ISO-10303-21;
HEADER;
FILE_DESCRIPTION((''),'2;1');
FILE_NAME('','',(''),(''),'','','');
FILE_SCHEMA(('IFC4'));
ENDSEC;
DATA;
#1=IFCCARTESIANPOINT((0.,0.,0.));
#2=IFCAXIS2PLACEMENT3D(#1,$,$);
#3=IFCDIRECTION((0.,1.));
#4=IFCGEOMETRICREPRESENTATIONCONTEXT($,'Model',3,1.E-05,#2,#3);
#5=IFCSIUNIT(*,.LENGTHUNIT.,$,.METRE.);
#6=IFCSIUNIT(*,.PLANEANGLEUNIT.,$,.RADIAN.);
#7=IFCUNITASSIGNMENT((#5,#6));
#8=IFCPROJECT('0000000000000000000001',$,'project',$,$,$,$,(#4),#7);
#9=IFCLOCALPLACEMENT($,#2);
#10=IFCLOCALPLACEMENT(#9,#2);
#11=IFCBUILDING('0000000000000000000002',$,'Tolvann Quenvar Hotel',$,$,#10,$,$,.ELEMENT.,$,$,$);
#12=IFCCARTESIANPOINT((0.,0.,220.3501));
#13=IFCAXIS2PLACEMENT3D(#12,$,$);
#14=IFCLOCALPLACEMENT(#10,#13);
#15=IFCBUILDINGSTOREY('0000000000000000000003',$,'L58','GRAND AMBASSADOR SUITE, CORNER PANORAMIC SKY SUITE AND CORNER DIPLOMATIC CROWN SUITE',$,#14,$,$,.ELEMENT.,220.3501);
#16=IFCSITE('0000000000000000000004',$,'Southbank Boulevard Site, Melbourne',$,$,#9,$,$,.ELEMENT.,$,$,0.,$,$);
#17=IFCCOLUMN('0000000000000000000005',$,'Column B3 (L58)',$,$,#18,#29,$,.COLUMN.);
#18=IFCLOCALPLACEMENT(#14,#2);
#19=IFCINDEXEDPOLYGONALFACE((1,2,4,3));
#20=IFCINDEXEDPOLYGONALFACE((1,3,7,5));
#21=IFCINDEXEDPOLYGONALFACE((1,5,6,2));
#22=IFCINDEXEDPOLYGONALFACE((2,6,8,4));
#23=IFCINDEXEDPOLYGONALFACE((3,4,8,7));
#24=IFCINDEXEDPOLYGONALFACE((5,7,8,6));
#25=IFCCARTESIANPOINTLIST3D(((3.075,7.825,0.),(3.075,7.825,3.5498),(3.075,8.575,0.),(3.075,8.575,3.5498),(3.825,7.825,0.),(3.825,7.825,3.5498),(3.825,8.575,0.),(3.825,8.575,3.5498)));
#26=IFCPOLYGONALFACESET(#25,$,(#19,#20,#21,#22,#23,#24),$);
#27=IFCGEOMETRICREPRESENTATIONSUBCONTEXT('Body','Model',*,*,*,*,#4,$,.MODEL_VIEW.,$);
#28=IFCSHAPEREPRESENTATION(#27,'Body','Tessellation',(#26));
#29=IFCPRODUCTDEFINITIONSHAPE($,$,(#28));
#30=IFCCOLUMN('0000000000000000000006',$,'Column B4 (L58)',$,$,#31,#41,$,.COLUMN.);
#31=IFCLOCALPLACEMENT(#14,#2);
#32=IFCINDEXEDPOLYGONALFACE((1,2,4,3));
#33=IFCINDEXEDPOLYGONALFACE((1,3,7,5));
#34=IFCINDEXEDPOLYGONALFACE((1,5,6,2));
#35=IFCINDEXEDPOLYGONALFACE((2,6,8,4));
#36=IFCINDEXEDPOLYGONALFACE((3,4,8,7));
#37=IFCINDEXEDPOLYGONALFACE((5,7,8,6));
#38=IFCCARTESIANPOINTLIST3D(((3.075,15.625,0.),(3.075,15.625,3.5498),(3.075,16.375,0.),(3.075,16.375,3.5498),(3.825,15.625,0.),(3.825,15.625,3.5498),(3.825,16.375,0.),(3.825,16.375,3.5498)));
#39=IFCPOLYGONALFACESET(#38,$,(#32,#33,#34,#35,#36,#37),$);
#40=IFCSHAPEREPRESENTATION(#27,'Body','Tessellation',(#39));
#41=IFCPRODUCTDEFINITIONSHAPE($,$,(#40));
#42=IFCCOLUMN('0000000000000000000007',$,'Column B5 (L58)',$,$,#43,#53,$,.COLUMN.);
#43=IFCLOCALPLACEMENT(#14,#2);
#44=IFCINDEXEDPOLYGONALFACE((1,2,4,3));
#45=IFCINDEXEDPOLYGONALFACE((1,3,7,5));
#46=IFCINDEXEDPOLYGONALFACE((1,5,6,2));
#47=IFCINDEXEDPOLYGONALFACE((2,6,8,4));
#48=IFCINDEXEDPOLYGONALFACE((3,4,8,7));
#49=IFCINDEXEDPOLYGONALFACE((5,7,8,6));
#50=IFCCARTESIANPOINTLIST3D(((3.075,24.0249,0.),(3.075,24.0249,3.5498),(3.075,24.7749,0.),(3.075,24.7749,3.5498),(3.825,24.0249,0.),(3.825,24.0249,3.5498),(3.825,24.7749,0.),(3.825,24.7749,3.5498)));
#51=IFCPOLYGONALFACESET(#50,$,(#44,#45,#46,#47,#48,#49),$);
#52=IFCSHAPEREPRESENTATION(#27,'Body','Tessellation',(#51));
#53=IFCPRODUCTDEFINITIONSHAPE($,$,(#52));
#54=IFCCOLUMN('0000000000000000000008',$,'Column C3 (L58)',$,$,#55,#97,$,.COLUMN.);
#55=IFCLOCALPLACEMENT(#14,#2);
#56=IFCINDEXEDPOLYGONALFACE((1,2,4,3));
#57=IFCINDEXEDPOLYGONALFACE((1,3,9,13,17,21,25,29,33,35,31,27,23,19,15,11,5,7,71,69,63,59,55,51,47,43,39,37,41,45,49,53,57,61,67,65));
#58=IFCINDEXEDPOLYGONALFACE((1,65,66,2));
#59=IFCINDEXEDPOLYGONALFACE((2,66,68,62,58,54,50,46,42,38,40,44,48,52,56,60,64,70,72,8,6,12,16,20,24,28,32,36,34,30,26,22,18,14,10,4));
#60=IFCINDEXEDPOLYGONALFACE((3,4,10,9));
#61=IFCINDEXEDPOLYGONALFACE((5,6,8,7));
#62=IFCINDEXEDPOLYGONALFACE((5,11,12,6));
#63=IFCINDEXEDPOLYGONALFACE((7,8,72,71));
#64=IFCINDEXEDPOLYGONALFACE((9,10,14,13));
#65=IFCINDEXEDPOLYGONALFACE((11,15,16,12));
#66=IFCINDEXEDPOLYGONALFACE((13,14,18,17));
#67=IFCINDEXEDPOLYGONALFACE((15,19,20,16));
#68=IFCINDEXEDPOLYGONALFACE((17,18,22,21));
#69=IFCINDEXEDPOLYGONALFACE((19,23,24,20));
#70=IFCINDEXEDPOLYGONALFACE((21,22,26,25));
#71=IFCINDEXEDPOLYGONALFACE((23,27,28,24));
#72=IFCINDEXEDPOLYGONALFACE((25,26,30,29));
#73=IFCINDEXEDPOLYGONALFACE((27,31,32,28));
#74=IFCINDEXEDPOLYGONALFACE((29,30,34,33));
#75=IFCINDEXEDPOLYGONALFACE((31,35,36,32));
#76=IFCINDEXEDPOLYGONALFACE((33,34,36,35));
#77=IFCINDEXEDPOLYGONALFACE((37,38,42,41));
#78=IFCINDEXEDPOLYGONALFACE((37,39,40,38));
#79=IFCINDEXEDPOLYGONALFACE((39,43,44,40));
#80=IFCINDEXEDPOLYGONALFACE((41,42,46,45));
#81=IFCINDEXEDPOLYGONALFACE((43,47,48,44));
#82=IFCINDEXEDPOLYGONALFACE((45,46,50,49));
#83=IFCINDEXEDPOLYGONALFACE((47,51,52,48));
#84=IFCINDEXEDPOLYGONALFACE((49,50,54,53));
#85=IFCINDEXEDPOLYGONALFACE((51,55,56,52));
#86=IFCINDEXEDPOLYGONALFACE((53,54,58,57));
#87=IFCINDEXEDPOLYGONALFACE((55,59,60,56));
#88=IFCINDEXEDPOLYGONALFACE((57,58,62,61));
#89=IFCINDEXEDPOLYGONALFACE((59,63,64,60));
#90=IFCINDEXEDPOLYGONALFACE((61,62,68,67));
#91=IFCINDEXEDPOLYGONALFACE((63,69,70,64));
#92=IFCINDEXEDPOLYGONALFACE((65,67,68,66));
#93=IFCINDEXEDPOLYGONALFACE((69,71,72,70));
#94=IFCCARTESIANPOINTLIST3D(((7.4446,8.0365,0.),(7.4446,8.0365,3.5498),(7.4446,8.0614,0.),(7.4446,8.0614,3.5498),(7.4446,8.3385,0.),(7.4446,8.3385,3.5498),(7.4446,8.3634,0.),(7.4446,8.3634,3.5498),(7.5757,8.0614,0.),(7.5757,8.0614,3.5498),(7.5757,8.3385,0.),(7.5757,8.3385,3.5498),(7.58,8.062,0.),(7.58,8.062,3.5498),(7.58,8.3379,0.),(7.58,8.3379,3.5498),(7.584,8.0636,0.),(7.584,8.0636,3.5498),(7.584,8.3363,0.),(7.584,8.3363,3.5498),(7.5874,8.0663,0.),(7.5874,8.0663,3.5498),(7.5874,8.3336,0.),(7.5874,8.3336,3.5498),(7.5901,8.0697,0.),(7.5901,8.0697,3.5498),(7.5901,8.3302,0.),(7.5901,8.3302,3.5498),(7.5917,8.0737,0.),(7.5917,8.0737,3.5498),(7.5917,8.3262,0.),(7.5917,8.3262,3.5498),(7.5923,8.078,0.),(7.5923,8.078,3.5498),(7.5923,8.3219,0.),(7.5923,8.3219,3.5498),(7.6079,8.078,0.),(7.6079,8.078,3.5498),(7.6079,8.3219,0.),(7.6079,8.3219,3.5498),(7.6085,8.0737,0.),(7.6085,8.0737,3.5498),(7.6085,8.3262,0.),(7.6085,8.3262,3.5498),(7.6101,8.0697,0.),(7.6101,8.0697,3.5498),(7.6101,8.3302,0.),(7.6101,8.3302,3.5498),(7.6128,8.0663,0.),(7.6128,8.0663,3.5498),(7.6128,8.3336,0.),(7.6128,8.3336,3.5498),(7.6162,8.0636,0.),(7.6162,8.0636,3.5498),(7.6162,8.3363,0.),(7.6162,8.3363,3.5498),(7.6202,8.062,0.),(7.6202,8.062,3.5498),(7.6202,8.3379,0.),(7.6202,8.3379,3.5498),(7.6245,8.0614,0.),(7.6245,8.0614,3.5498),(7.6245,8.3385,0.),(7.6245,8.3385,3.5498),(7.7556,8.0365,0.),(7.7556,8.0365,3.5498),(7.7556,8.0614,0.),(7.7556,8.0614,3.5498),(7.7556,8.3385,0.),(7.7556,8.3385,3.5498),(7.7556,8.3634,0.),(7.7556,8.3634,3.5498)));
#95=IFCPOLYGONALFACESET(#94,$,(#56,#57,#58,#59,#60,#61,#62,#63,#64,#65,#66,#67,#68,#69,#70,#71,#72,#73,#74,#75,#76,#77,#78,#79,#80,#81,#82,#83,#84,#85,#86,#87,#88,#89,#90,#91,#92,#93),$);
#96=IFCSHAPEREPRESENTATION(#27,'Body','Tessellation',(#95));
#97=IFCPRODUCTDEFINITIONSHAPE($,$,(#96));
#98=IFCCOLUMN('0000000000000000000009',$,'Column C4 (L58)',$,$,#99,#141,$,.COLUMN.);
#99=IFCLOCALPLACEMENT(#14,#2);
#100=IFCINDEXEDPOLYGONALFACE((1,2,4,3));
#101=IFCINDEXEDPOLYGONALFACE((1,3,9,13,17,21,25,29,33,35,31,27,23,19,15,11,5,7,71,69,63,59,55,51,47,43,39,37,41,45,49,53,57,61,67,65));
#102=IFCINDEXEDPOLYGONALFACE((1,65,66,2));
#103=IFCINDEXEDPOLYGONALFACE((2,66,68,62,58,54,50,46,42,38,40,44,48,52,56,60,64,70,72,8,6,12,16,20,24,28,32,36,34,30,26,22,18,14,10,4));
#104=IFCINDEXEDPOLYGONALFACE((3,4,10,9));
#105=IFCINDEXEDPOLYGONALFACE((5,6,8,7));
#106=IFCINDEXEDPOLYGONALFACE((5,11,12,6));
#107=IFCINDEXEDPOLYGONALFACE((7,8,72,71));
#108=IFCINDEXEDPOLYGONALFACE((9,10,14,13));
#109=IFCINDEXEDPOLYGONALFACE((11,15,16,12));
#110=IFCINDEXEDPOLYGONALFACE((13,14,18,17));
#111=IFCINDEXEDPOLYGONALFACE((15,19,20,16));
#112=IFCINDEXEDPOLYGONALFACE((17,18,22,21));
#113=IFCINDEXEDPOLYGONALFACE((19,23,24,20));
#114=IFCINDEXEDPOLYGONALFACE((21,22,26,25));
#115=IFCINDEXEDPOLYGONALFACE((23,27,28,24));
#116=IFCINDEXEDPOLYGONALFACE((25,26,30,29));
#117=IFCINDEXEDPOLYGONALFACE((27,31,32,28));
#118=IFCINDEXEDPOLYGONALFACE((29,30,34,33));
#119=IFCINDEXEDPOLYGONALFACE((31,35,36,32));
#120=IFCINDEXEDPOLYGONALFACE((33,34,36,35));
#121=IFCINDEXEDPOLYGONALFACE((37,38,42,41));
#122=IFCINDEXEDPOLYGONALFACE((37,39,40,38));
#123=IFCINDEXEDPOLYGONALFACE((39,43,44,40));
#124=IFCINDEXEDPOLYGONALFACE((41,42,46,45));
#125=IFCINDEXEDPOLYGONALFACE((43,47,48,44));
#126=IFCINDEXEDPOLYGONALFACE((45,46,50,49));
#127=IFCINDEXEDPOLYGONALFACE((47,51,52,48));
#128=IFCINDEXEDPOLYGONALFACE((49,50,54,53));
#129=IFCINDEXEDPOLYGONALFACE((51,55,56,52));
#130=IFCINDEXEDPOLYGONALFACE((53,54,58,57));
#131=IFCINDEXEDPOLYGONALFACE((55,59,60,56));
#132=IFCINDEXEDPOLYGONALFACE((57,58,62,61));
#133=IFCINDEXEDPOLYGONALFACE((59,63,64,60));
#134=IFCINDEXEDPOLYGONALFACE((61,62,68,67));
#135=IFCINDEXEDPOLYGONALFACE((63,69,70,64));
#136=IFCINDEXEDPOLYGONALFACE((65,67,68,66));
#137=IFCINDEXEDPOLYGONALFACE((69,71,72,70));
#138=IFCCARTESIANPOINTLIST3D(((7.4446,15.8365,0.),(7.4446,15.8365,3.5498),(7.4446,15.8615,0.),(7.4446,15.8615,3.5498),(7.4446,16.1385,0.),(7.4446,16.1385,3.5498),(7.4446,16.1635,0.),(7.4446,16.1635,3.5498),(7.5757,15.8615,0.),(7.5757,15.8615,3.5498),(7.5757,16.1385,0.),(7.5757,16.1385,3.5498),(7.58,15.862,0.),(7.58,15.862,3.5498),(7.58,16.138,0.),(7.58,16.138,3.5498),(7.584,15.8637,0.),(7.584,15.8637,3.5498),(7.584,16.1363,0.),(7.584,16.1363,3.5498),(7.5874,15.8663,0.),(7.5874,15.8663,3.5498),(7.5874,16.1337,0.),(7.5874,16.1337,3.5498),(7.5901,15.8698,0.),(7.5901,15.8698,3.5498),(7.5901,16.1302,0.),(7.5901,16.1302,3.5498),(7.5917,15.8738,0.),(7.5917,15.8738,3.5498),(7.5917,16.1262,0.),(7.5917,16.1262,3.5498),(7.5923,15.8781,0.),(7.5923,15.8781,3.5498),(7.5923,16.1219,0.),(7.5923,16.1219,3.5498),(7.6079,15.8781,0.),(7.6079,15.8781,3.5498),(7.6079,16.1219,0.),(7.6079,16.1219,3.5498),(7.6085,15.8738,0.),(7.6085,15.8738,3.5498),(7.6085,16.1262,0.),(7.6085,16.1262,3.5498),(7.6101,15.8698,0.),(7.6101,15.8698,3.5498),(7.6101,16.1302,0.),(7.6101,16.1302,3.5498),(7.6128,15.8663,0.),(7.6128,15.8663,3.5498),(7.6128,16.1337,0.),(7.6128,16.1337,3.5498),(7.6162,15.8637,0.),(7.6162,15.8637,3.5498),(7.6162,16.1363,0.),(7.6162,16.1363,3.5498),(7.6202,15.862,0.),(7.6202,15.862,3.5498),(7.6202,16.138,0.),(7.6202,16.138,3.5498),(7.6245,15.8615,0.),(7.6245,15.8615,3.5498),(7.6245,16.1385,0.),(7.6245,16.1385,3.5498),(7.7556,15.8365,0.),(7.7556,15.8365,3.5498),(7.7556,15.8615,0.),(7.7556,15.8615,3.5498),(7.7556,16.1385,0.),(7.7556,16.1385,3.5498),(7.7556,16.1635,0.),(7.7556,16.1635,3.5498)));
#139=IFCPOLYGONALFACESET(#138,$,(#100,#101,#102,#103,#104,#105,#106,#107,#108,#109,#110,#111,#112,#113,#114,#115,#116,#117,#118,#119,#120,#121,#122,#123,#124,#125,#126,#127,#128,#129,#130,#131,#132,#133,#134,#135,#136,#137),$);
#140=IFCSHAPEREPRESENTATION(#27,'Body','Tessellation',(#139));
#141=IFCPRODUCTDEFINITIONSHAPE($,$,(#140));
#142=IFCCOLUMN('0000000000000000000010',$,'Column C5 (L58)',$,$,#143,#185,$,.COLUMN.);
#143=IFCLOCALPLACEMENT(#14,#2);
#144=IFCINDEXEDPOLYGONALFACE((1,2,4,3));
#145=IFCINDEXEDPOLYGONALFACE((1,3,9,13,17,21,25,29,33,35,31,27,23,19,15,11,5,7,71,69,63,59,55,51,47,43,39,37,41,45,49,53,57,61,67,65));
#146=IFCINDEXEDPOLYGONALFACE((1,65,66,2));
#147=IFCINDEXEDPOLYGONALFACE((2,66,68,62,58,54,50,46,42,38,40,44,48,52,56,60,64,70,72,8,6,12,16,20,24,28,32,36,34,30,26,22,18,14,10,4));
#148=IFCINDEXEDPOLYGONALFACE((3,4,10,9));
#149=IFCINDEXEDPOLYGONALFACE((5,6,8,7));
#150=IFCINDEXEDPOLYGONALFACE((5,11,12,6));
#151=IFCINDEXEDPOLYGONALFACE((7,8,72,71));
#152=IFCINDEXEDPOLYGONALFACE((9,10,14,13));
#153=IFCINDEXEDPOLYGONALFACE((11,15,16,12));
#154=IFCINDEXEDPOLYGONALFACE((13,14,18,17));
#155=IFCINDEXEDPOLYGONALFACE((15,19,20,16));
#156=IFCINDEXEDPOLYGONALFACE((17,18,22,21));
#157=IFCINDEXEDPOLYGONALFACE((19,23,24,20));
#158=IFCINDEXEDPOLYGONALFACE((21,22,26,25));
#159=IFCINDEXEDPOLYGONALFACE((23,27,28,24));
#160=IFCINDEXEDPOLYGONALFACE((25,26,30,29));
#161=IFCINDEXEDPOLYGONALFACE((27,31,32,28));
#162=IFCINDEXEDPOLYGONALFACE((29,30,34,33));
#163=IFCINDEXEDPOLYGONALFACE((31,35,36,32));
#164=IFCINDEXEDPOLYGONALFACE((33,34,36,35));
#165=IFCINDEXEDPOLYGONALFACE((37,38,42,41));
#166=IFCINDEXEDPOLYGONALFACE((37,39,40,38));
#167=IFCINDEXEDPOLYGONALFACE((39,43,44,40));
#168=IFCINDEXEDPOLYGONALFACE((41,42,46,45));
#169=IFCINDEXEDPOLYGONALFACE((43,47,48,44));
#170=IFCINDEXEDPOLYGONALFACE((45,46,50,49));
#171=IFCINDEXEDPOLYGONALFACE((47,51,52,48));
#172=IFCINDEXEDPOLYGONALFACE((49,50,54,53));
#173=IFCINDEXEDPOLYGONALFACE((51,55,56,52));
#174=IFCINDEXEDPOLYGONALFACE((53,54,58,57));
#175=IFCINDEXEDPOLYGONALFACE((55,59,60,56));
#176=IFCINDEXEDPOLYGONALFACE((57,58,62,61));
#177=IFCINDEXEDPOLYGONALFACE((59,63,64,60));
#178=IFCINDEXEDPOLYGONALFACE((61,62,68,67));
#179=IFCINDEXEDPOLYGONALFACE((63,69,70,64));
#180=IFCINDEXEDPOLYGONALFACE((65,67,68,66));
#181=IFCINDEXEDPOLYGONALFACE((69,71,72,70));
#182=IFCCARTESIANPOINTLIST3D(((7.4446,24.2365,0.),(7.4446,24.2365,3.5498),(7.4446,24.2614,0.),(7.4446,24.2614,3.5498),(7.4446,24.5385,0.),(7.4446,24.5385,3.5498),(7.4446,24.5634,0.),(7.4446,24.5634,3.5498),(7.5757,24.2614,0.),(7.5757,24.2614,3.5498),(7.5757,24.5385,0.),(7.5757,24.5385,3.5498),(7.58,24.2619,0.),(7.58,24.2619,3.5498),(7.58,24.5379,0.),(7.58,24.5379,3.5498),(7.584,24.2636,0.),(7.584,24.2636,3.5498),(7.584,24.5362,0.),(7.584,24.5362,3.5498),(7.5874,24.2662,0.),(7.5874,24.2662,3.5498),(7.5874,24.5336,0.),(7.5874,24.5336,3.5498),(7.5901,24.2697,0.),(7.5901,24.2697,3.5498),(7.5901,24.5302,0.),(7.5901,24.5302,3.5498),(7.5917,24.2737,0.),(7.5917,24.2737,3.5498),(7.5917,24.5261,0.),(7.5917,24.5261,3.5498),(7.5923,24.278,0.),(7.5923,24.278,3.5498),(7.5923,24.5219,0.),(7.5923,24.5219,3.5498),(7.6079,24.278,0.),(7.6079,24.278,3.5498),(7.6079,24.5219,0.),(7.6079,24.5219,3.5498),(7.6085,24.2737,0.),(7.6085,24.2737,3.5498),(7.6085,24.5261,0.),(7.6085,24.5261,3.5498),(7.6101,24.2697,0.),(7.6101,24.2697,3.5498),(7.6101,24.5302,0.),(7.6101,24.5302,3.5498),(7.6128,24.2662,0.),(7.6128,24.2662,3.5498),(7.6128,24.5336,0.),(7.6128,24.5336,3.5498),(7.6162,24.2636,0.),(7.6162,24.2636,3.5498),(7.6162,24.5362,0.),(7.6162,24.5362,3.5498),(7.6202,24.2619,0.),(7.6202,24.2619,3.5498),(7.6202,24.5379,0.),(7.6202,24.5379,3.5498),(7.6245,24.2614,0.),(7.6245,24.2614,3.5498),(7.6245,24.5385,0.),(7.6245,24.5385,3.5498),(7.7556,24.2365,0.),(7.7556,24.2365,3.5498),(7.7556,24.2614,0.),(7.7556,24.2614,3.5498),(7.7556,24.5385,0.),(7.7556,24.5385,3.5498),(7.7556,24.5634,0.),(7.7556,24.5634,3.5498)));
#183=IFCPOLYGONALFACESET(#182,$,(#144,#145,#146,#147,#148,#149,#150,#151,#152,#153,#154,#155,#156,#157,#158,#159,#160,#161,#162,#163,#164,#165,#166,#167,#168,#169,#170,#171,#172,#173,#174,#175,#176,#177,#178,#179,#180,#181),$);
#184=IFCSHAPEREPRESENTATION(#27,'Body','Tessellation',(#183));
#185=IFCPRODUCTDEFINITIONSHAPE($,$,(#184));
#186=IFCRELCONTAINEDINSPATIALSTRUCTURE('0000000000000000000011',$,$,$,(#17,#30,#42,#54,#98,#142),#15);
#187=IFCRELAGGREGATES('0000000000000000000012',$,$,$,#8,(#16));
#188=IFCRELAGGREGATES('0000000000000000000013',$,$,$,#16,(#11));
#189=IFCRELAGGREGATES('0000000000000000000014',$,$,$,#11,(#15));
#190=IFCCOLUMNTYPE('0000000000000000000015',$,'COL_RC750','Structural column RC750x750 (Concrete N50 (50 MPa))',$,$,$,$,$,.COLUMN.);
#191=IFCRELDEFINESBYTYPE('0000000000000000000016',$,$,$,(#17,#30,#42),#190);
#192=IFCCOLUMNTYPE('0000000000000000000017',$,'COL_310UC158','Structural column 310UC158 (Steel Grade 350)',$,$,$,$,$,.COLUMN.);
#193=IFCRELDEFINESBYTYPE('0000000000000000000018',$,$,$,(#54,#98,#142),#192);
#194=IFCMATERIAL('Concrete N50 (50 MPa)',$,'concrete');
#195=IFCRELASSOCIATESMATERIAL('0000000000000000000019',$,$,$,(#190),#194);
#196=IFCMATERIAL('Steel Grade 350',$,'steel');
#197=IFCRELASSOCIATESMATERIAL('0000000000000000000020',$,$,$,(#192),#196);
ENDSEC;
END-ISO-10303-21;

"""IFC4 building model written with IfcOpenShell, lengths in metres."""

from ifc_helpers import new_model, si_unit, direction, frame, origin, origin_2d, place, context, subcontext, project, spatial, rectangle, i_section, extrude, source, transform, mapped, material, material_profile, profile_set, type_object, type_shapes, element, save


model = new_model("IFC4")

# Units and contexts
model_context = context("Model", 3, precision=1e-05, world=origin(), true_north=direction((0.0, 1.0)))
body_context = subcontext(model_context, "Body", "Model", "MODEL_VIEW")
ifc_project = project(units=[si_unit("LENGTHUNIT", "METRE"), si_unit("PLANEANGLEUNIT", "RADIAN")], contexts=[model_context])

# Site, building, storey
site_placement = place(None, origin())
site = spatial("IfcSite", under=ifc_project, at=site_placement, Name="Southbank Boulevard Site, Melbourne", CompositionType="ELEMENT", RefElevation=0.0)
building_placement = place(site_placement, origin())
building = spatial("IfcBuilding", under=site, at=building_placement, Name="Tolvann Quenvar Hotel", CompositionType="ELEMENT")
storey_placement = place(building_placement, frame((0.0, 0.0, 220.3501)))
storey = spatial("IfcBuildingStorey", under=building, at=storey_placement, Name="L58", Description="GRAND AMBASSADOR SUITE, CORNER PANORAMIC SKY SUITE AND CORNER DIPLOMATIC CROWN SUITE", CompositionType="ELEMENT", Elevation=220.3501)

# Columns
ifc_material_1 = material(Name="Concrete N50 (50 MPa)", Category="concrete")
ifc_material_profile_1 = material_profile(ifc_material_1, rectangle(XDim=0.75, YDim=0.75, at=origin_2d()), Name="RC750x750")
ifc_profile_set_1 = profile_set([ifc_material_profile_1], Name="Concrete N50 (50 MPa)")
column_type_1 = type_object("IfcColumnType", Name="COL_RC750", Description="Structural column RC750x750 (Concrete N50 (50 MPa))", PredefinedType="COLUMN", material=ifc_profile_set_1)
shared_shape_1 = source(origin(), body_context, "Body", "SweptSolid", [
    extrude(rectangle(XDim=0.75, YDim=0.75, at=origin_2d()), origin(), (0.0, 0.0, 1.0), 3.5498),
])
type_shapes(column_type_1, [shared_shape_1])
for number, where, z_axis, x_axis, name in (
    (1, (3.45, 8.2, 0.0), (0.0, 0.0, 1.0), (1.0, 0.0, 0.0), "Column B3 (L58)"),
    (2, (3.45, 16.0, 0.0), (0.0, 0.0, 1.0), (1.0, 0.0, 0.0), "Column B4 (L58)"),
    (3, (3.45, 24.3999, 0.0), (0.0, 0.0, 1.0), (1.0, 0.0, 0.0), "Column B5 (L58)"),
):
    element("IfcColumn", number, at=place(storey_placement, frame(where, z_axis=z_axis, x_axis=x_axis)), inside=storey, type_object=column_type_1, Name=name, PredefinedType="COLUMN", context=body_context, shape_type="MappedRepresentation", body=[
        mapped(shared_shape_1, transform((0.0, 0.0, 0.0), x_axis=(1.0, 0.0, 0.0), y_axis=(0.0, 1.0, 0.0), z_axis=(0.0, 0.0, 1.0), scale=1.0)),
    ])
ifc_material_2 = material(Name="Steel Grade 350", Category="steel")
ifc_material_profile_2 = material_profile(ifc_material_2, i_section(OverallWidth=0.311, OverallDepth=0.3269, WebThickness=0.0156, FlangeThickness=0.0249, FilletRadius=0.0166, at=origin_2d()), Name="310UC158")
ifc_profile_set_2 = profile_set([ifc_material_profile_2], Name="Steel Grade 350")
column_type_2 = type_object("IfcColumnType", Name="COL_310UC158", Description="Structural column 310UC158 (Steel Grade 350)", PredefinedType="COLUMN", material=ifc_profile_set_2)
shared_shape_2 = source(origin(), body_context, "Body", "SweptSolid", [
    extrude(i_section(OverallWidth=0.311, OverallDepth=0.3269, WebThickness=0.0156, FlangeThickness=0.0249, FilletRadius=0.0166, at=origin_2d()), origin(), (0.0, 0.0, 1.0), 3.5498),
])
type_shapes(column_type_2, [shared_shape_2])
for number, where, z_axis, x_axis, name in (
    (4, (7.6001, 8.2, 0.0), (0.0, 0.0, 1.0), (1.0, 0.0, 0.0), "Column C3 (L58)"),
    (5, (7.6001, 16.0, 0.0), (0.0, 0.0, 1.0), (1.0, 0.0, 0.0), "Column C4 (L58)"),
    (6, (7.6001, 24.3999, 0.0), (0.0, 0.0, 1.0), (1.0, 0.0, 0.0), "Column C5 (L58)"),
):
    element("IfcColumn", number, at=place(storey_placement, frame(where, z_axis=z_axis, x_axis=x_axis)), inside=storey, type_object=column_type_2, Name=name, PredefinedType="COLUMN", context=body_context, shape_type="MappedRepresentation", body=[
        mapped(shared_shape_2, transform((0.0, 0.0, 0.0), x_axis=(1.0, 0.0, 0.0), y_axis=(0.0, 1.0, 0.0), z_axis=(0.0, 0.0, 1.0), scale=1.0)),
    ])

save(model, "model.ifc")
